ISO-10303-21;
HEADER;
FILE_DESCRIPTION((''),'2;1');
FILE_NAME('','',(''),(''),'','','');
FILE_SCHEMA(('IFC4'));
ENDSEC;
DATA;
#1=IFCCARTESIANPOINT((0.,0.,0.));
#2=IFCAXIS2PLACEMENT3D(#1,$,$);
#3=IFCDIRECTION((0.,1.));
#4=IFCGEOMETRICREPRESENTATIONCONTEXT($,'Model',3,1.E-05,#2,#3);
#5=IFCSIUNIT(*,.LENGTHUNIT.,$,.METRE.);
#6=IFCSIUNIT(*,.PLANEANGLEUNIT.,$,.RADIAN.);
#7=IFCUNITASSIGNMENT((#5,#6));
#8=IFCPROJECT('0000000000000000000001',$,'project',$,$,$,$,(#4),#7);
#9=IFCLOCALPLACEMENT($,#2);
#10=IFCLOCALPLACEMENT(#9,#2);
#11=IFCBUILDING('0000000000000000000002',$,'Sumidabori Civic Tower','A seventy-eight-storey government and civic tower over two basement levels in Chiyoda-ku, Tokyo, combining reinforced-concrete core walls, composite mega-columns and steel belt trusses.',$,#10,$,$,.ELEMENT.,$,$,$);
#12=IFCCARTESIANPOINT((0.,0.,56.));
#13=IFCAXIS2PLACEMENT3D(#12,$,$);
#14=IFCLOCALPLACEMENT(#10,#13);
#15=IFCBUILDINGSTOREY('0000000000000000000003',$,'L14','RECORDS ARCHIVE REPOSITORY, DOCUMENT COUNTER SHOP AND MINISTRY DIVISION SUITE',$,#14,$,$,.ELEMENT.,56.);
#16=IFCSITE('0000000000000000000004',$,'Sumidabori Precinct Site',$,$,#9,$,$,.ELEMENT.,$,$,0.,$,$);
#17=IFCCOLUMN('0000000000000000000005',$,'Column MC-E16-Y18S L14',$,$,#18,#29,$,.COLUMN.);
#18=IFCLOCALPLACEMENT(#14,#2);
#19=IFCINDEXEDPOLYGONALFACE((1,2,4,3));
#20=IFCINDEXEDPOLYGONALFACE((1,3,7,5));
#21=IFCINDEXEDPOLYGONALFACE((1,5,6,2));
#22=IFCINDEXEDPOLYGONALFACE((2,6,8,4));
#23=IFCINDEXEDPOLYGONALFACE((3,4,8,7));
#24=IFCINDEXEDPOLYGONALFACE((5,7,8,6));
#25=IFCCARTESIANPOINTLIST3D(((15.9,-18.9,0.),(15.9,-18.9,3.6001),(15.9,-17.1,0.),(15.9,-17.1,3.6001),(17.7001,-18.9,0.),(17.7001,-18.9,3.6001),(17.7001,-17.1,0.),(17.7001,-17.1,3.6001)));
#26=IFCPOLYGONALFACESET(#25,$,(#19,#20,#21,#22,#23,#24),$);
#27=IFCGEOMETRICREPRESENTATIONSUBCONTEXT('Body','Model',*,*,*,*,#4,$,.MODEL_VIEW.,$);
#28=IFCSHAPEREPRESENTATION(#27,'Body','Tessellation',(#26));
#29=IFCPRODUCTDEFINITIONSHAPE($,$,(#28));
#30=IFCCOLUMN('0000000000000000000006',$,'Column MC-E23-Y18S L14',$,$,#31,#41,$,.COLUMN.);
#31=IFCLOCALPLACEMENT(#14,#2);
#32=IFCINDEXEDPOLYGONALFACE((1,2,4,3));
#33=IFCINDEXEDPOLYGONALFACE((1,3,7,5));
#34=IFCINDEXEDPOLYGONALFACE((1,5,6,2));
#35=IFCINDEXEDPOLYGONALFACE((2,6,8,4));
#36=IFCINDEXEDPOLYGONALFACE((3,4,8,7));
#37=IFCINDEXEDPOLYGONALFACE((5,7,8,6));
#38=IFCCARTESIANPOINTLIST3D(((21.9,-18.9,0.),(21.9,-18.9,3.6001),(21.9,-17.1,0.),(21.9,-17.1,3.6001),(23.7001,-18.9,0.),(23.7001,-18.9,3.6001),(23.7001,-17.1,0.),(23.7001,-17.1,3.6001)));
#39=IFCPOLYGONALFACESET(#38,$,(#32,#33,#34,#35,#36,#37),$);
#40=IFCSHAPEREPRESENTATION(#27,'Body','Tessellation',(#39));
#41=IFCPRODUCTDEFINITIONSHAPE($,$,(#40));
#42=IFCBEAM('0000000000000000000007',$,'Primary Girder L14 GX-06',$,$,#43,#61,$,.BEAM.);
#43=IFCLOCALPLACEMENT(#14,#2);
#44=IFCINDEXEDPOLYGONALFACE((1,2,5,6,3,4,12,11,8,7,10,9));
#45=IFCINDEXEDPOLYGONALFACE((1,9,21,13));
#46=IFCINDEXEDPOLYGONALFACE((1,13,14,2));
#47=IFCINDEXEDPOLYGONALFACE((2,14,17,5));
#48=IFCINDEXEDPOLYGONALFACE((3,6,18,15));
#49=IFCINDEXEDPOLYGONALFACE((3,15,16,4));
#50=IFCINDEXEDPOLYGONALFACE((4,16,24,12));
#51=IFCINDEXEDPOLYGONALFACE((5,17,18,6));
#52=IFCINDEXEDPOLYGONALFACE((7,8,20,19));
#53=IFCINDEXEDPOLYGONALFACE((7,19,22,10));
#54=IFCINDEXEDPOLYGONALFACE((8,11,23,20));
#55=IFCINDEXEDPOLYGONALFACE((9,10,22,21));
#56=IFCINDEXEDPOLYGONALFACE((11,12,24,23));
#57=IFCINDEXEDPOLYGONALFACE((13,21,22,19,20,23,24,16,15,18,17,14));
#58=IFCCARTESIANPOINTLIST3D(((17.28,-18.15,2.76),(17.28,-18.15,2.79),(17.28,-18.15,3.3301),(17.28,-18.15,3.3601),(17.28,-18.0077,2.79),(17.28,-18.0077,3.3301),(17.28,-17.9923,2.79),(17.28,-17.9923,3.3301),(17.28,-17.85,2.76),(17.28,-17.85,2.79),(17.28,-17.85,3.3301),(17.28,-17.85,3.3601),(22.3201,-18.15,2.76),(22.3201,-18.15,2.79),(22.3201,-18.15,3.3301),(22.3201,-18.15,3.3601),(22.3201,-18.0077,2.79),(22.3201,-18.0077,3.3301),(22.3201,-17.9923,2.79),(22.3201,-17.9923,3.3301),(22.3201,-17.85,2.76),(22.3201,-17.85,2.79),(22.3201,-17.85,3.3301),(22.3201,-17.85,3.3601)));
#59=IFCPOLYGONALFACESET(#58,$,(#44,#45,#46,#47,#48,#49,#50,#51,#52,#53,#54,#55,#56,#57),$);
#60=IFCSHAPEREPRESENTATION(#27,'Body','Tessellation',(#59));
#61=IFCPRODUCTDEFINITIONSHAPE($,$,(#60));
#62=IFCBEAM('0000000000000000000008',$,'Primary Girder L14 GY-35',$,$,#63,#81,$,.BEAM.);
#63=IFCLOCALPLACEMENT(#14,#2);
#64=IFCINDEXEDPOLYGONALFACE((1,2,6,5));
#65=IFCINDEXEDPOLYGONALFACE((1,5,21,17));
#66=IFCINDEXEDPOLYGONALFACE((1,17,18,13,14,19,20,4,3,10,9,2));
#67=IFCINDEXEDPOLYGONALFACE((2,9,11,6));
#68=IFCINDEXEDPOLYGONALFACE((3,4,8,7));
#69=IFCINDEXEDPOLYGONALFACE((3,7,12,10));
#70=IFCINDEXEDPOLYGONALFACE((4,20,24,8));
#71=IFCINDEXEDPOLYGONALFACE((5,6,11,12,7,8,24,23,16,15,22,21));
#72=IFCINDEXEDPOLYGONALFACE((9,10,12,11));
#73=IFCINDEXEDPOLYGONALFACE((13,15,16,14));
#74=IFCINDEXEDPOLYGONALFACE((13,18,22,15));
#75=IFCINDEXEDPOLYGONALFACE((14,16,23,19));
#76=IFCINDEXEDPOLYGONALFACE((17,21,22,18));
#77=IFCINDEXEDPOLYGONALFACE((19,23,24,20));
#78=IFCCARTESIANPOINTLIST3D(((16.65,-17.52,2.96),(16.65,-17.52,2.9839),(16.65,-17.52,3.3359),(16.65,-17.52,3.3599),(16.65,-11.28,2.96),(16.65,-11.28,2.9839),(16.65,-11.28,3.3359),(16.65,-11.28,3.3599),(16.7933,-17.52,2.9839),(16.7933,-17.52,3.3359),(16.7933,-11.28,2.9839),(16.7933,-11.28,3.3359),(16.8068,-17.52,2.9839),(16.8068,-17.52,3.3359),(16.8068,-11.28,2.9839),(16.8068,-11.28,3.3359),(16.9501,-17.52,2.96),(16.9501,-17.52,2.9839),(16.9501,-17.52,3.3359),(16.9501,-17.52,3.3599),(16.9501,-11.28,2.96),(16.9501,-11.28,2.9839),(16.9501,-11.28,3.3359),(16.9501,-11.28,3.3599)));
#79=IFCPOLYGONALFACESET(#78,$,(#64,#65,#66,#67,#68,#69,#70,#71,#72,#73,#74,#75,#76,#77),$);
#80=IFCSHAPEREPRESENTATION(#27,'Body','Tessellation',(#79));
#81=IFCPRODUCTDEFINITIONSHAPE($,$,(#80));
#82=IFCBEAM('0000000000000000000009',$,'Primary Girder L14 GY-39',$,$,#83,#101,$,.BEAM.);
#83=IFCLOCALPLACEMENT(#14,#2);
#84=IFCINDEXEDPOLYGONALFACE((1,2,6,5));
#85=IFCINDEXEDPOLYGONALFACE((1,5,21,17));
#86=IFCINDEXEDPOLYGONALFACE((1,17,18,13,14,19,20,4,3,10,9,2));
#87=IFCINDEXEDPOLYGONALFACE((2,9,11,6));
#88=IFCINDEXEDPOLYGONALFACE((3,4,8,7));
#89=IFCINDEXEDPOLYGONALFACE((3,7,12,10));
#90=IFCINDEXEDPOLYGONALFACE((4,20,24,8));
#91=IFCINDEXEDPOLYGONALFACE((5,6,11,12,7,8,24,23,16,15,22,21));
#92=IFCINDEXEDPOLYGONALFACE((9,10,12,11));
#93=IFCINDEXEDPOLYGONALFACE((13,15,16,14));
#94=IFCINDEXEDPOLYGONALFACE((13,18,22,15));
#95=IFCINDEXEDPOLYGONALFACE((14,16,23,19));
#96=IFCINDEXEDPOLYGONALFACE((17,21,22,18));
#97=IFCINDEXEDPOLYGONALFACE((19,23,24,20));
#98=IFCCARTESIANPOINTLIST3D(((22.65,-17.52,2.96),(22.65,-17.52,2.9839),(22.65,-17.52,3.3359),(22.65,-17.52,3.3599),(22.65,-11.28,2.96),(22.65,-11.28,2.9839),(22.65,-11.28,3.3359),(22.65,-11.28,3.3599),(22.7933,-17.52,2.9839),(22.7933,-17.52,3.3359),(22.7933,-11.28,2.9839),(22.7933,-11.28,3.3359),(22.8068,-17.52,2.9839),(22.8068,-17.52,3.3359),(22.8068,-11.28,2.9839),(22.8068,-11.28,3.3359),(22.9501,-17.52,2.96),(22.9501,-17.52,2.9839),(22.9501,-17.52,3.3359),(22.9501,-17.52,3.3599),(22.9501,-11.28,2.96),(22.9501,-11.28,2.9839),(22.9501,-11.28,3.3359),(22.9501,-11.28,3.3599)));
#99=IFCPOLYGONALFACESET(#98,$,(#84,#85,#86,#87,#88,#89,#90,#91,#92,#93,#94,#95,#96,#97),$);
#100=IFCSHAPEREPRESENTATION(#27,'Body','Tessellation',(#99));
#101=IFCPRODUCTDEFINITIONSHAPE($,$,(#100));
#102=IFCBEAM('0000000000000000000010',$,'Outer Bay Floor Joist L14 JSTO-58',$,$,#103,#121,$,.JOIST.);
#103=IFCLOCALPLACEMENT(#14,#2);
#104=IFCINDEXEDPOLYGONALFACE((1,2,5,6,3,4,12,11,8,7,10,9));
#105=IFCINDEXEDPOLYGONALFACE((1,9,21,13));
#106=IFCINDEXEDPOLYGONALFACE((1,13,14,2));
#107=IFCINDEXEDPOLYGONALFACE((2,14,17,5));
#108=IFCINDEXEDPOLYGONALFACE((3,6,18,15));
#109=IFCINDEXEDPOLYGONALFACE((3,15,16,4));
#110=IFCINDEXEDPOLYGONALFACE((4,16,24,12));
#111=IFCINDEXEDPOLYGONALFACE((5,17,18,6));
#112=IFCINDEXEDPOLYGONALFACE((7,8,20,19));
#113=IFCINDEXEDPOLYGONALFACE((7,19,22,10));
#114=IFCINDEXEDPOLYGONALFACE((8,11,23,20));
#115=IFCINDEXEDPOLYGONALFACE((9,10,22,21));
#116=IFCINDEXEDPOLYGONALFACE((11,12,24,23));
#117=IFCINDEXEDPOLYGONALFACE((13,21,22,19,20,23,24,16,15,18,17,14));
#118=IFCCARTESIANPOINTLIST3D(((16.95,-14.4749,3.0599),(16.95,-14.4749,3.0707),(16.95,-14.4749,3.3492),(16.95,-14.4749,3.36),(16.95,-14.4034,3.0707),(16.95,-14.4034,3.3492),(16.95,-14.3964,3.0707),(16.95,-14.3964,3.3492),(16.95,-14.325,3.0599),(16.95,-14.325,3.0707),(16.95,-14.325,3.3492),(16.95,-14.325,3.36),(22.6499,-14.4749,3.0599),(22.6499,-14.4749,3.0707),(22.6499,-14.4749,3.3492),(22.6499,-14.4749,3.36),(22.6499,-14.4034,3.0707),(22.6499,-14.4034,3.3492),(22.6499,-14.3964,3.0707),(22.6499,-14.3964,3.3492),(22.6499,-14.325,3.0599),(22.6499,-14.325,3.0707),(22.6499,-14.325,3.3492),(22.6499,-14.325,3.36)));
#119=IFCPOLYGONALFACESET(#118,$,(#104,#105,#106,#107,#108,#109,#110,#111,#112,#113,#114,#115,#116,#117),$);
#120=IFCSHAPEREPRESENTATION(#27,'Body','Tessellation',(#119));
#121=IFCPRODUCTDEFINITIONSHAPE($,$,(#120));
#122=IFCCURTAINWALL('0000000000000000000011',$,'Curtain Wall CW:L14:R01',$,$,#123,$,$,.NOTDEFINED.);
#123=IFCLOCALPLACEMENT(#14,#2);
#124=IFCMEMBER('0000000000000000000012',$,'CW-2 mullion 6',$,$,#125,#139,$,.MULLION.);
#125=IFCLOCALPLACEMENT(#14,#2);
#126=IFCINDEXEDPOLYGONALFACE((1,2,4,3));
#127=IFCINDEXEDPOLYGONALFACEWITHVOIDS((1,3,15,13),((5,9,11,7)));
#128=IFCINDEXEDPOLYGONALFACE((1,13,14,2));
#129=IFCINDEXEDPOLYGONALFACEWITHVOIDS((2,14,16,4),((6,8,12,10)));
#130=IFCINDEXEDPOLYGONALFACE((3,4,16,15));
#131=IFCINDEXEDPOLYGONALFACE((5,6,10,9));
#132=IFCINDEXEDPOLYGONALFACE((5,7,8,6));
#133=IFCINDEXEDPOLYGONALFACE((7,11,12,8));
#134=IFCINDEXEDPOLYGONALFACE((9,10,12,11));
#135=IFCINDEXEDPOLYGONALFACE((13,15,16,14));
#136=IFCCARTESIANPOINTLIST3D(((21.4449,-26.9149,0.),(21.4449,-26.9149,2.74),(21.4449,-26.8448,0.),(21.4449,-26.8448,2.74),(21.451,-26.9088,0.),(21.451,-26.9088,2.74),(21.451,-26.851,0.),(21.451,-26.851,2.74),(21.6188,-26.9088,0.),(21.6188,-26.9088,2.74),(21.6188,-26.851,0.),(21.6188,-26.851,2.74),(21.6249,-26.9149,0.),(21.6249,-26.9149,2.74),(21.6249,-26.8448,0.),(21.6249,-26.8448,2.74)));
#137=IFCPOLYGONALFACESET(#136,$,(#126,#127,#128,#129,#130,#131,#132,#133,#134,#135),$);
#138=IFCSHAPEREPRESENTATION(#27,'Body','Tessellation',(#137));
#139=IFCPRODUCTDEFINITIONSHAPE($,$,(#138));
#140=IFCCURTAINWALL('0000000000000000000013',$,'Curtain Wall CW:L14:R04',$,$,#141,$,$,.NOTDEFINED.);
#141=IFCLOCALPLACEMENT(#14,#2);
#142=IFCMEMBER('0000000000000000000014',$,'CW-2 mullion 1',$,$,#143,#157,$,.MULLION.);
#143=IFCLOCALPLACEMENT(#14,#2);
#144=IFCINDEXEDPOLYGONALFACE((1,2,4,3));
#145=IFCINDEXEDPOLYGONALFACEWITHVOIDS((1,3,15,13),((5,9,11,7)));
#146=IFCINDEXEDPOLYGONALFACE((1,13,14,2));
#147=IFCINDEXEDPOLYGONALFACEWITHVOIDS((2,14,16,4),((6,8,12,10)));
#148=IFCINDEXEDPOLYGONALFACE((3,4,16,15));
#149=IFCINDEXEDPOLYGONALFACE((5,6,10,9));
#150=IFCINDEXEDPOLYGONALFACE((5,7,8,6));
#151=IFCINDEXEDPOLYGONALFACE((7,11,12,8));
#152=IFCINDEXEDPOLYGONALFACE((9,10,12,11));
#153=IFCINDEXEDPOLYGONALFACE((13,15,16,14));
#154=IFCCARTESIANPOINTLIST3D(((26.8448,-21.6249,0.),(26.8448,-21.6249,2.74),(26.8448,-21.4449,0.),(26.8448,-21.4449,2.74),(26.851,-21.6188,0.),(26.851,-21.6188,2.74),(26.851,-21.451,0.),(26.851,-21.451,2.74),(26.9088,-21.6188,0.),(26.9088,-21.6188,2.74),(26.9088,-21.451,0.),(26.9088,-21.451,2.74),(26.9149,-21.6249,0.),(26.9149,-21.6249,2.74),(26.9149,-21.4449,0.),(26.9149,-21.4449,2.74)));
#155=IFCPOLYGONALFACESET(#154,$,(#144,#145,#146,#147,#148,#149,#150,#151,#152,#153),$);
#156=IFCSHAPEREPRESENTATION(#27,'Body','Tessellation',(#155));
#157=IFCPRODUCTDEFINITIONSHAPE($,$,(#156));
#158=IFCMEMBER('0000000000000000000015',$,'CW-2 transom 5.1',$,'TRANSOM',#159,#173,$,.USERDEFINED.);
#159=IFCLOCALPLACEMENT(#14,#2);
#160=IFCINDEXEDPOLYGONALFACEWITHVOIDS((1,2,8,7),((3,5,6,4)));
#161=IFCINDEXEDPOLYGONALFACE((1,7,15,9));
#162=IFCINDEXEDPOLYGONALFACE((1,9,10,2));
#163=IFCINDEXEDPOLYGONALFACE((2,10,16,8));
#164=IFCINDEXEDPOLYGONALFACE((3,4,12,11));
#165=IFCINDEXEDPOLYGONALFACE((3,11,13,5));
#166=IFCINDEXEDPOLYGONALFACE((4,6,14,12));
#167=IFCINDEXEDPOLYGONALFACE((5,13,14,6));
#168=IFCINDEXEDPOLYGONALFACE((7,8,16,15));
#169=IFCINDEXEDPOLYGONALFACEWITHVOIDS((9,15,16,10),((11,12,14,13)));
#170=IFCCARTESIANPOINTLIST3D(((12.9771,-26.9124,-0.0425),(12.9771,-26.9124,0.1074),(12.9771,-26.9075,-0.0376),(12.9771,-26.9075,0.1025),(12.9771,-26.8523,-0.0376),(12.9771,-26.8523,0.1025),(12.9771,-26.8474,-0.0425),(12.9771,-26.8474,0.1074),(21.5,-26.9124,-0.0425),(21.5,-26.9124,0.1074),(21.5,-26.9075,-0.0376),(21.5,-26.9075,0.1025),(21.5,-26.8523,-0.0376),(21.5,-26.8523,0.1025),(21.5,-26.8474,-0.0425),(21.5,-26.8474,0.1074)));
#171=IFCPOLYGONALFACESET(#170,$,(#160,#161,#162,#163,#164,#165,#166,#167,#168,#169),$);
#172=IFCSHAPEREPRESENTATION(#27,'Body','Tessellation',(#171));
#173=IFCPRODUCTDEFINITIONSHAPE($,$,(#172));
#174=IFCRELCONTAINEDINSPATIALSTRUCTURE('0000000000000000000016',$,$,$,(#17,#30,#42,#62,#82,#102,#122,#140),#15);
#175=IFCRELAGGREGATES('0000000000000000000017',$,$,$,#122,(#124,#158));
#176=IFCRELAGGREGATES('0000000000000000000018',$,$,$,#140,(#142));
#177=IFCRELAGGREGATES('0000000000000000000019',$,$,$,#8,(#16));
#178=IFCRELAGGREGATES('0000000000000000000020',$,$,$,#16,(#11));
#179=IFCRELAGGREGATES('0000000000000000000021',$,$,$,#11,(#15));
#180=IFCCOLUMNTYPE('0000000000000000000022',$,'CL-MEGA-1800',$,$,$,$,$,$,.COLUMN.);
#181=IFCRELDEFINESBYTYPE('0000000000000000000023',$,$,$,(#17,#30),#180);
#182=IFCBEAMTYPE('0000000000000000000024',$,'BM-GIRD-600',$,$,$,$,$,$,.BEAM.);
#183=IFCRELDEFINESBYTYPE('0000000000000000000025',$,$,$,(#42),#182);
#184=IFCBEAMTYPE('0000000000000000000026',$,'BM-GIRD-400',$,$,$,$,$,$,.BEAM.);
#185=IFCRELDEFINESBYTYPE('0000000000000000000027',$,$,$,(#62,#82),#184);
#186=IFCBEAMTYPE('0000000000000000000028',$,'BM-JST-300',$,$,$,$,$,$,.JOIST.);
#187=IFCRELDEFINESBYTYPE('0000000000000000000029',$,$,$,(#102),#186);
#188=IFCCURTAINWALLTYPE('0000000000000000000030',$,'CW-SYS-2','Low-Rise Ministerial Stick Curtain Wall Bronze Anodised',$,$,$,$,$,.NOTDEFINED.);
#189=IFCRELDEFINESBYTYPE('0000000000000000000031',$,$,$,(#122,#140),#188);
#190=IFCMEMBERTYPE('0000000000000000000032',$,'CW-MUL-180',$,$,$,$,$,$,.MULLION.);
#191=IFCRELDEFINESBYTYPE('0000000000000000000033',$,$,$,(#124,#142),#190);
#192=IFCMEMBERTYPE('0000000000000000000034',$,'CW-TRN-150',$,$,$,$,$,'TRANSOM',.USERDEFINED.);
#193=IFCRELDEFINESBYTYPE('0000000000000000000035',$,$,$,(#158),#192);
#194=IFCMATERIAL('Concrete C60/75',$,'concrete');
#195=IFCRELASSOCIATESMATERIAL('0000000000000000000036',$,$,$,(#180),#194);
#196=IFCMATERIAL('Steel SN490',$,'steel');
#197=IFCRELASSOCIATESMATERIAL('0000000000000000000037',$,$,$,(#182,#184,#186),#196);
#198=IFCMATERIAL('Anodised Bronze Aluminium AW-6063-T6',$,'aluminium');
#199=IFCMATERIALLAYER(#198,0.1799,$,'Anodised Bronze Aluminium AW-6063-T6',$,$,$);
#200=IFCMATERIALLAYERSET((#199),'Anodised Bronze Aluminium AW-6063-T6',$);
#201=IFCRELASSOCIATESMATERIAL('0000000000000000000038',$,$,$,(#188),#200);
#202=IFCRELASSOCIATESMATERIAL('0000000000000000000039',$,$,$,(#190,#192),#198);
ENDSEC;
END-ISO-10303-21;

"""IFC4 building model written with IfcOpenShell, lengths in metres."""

from ifc_helpers import new_model, si_unit, direction, frame, origin, origin_2d, place, context, subcontext, project, spatial, rectangle, hollow_rectangle, i_section, extrude, source, transform, mapped, material, layer, layer_set, material_profile, profile_set, type_object, element, aggregate, save


model = new_model("IFC4")

# Units and contexts
model_context = context("Model", 3, precision=1e-05, world=origin(), true_north=direction((0.0, 1.0)))
body_context = subcontext(model_context, "Body", "Model", "MODEL_VIEW")
ifc_project = project(units=[si_unit("LENGTHUNIT", "METRE"), si_unit("PLANEANGLEUNIT", "RADIAN")], contexts=[model_context])

# Site, building, storey
site_placement = place(None, origin())
site = spatial("IfcSite", under=ifc_project, at=site_placement, Name="Sumidabori Precinct Site", CompositionType="ELEMENT", RefElevation=0.0)
building_placement = place(site_placement, origin())
building = spatial("IfcBuilding", under=site, at=building_placement, Name="Sumidabori Civic Tower", Description="A seventy-eight-storey government and civic tower over two basement levels in Chiyoda-ku, Tokyo, combining reinforced-concrete core walls, composite mega-columns and steel belt trusses.", CompositionType="ELEMENT")
storey_placement = place(building_placement, frame((0.0, 0.0, 56.0)))
storey = spatial("IfcBuildingStorey", under=building, at=storey_placement, Name="L14", Description="RECORDS ARCHIVE REPOSITORY, DOCUMENT COUNTER SHOP AND MINISTRY DIVISION SUITE", CompositionType="ELEMENT", Elevation=56.0)

# Columns
ifc_material_1 = material(Name="Concrete C60/75", Category="concrete")
ifc_material_profile_1 = material_profile(ifc_material_1, rectangle(XDim=1.8, YDim=1.8, at=origin_2d()), Name="RC 1800x1800")
ifc_profile_set_1 = profile_set([ifc_material_profile_1], Name="Concrete C60/75")
column_type = type_object("IfcColumnType", Name="CL-MEGA-1800", PredefinedType="COLUMN", material=ifc_profile_set_1)
shared_shape_1 = source(origin(), body_context, "Body", "SweptSolid", [
    extrude(rectangle(XDim=1.8, YDim=1.8, at=origin_2d()), origin(), (0.0, 0.0, 1.0), 3.6001),
])
for number, where, z_axis, x_axis, name in (
    (1, (16.8, -18.0, 0.0), (0.0, 0.0, 1.0), (1.0, 0.0, 0.0), "Column MC-E16-Y18S L14"),
    (2, (22.8, -18.0, 0.0), (0.0, 0.0, 1.0), (1.0, 0.0, 0.0), "Column MC-E23-Y18S L14"),
):
    element("IfcColumn", number, at=place(storey_placement, frame(where, z_axis=z_axis, x_axis=x_axis)), inside=storey, type_object=column_type, Name=name, PredefinedType="COLUMN", context=body_context, shape_type="MappedRepresentation", body=[
        mapped(shared_shape_1, transform((0.0, 0.0, 0.0), x_axis=(1.0, 0.0, 0.0), y_axis=(0.0, 1.0, 0.0), z_axis=(0.0, 0.0, 1.0), scale=1.0)),
    ])

# Beams
ifc_material_2 = material(Name="Steel SN490", Category="steel")
ifc_material_profile_2 = material_profile(ifc_material_2, i_section(OverallWidth=0.3, OverallDepth=0.6001, WebThickness=0.0154, FlangeThickness=0.03, at=origin_2d()), Name="HE 600 B")
ifc_profile_set_2 = profile_set([ifc_material_profile_2], Name="Steel SN490")
beam_type_1 = type_object("IfcBeamType", Name="BM-GIRD-600", PredefinedType="BEAM", material=ifc_profile_set_2)
shared_shape_2 = source(origin(), body_context, "Body", "SweptSolid", [
    extrude(i_section(OverallWidth=0.3, OverallDepth=0.6001, WebThickness=0.0154, FlangeThickness=0.03, at=origin_2d()), origin(), (0.0, 0.0, 1.0), 5.04),
])
beam_1_placement = place(storey_placement, frame((17.28, -18.0, 3.0601), z_axis=(1.0, 0.0, 0.0), x_axis=(0.0, 1.0, 0.0)))
element("IfcBeam", 3, at=beam_1_placement, inside=storey, type_object=beam_type_1, Name="Primary Girder L14 GX-06", PredefinedType="BEAM", context=body_context, shape_type="MappedRepresentation", body=[
    mapped(shared_shape_2, transform((0.0, 0.0, 0.0), x_axis=(1.0, 0.0, 0.0), y_axis=(0.0, 1.0, 0.0), z_axis=(0.0, 0.0, 1.0), scale=1.0)),
])
ifc_material_profile_3 = material_profile(ifc_material_2, i_section(OverallWidth=0.3, OverallDepth=0.3999, WebThickness=0.0134, FlangeThickness=0.0239, at=origin_2d()), Name="HE 400 B")
ifc_profile_set_3 = profile_set([ifc_material_profile_3], Name="Steel SN490")
beam_type_2 = type_object("IfcBeamType", Name="BM-GIRD-400", PredefinedType="BEAM", material=ifc_profile_set_3)
shared_shape_3 = source(origin(), body_context, "Body", "SweptSolid", [
    extrude(i_section(OverallWidth=0.3, OverallDepth=0.3999, WebThickness=0.0134, FlangeThickness=0.0239, at=origin_2d()), origin(), (0.0, 0.0, 1.0), 6.24),
])
for number, where, z_axis, x_axis, name in (
    (4, (16.8, -17.52, 3.1599), (0.0, 1.0, 0.0), (-1.0, 0.0, 0.0), "Primary Girder L14 GY-35"),
    (5, (22.8, -17.52, 3.1599), (0.0, 1.0, 0.0), (-1.0, 0.0, 0.0), "Primary Girder L14 GY-39"),
):
    element("IfcBeam", number, at=place(storey_placement, frame(where, z_axis=z_axis, x_axis=x_axis)), inside=storey, type_object=beam_type_2, Name=name, PredefinedType="BEAM", context=body_context, shape_type="MappedRepresentation", body=[
        mapped(shared_shape_3, transform((0.0, 0.0, 0.0), x_axis=(1.0, 0.0, 0.0), y_axis=(0.0, 1.0, 0.0), z_axis=(0.0, 0.0, 1.0), scale=1.0)),
    ])
ifc_material_profile_4 = material_profile(ifc_material_2, i_section(OverallWidth=0.1499, OverallDepth=0.3, WebThickness=0.0071, FlangeThickness=0.0107, at=origin_2d()), Name="IPE 300")
ifc_profile_set_4 = profile_set([ifc_material_profile_4], Name="Steel SN490")
beam_type_3 = type_object("IfcBeamType", Name="BM-JST-300", PredefinedType="JOIST", material=ifc_profile_set_4)
shared_shape_4 = source(origin(), body_context, "Body", "SweptSolid", [
    extrude(i_section(OverallWidth=0.1499, OverallDepth=0.3, WebThickness=0.0071, FlangeThickness=0.0107, at=origin_2d()), origin(), (0.0, 0.0, 1.0), 5.7),
])
beam_2_placement = place(storey_placement, frame((16.95, -14.3999, 3.21), z_axis=(1.0, 0.0, 0.0), x_axis=(0.0, 1.0, 0.0)))
element("IfcBeam", 6, at=beam_2_placement, inside=storey, type_object=beam_type_3, Name="Outer Bay Floor Joist L14 JSTO-58", PredefinedType="JOIST", context=body_context, shape_type="MappedRepresentation", body=[
    mapped(shared_shape_4, transform((0.0, 0.0, 0.0), x_axis=(1.0, 0.0, 0.0), y_axis=(0.0, 1.0, 0.0), z_axis=(0.0, 0.0, 1.0), scale=1.0)),
])

# Curtain walls, members
ifc_material_3 = material(Name="Anodised Bronze Aluminium AW-6063-T6", Category="aluminium")
ifc_layer_1 = layer(ifc_material_3, 0.1799, Name="Anodised Bronze Aluminium AW-6063-T6")
ifc_layer_set_1 = layer_set([ifc_layer_1], Name="Anodised Bronze Aluminium AW-6063-T6")
curtain_wall_type = type_object("IfcCurtainWallType", Name="CW-SYS-2", Description="Low-Rise Ministerial Stick Curtain Wall Bronze Anodised", PredefinedType="NOTDEFINED", material=ifc_layer_set_1)
curtain_wall_1_placement = place(storey_placement, origin())
curtain_wall_1 = element("IfcCurtainWall", 7, at=curtain_wall_1_placement, inside=storey, type_object=curtain_wall_type, Name="Curtain Wall CW:L14:R01", PredefinedType="NOTDEFINED")
ifc_material_profile_5 = material_profile(ifc_material_3, hollow_rectangle(XDim=0.0701, YDim=0.1799, WallThickness=0.0061, at=origin_2d()), Name="ALU MULLION 180x70")
ifc_profile_set_5 = profile_set([ifc_material_profile_5], Name="Anodised Bronze Aluminium AW-6063-T6")
member_type_1 = type_object("IfcMemberType", Name="CW-MUL-180", PredefinedType="MULLION", material=ifc_profile_set_5)
shared_shape_5 = source(origin(), body_context, "Body", "SweptSolid", [
    extrude(hollow_rectangle(XDim=0.0701, YDim=0.1799, WallThickness=0.0061, at=origin_2d()), origin(), (0.0, 0.0, 1.0), 2.74),
])
member_1_placement = place(storey_placement, frame((21.5349, -26.8799, 0.0), z_axis=(0.0, 0.0, 1.0), x_axis=(0.0, 1.0, 0.0)))
member_1 = element("IfcMember", 8, at=member_1_placement, type_object=member_type_1, Name="CW-2 mullion 6", PredefinedType="MULLION", context=body_context, shape_type="MappedRepresentation", body=[
    mapped(shared_shape_5, transform((0.0, 0.0, 0.0), x_axis=(1.0, 0.0, 0.0), y_axis=(0.0, 1.0, 0.0), z_axis=(0.0, 0.0, 1.0), scale=1.0)),
])
curtain_wall_2_placement = place(storey_placement, origin())
curtain_wall_2 = element("IfcCurtainWall", 9, at=curtain_wall_2_placement, inside=storey, type_object=curtain_wall_type, Name="Curtain Wall CW:L14:R04", PredefinedType="NOTDEFINED")
member_2_placement = place(storey_placement, frame((26.8799, -21.5349, 0.0), z_axis=(0.0, 0.0, 1.0), x_axis=(-1.0, 0.0, 0.0)))
member_2 = element("IfcMember", 10, at=member_2_placement, type_object=member_type_1, Name="CW-2 mullion 1", PredefinedType="MULLION", context=body_context, shape_type="MappedRepresentation", body=[
    mapped(shared_shape_5, transform((0.0, 0.0, 0.0), x_axis=(1.0, 0.0, 0.0), y_axis=(0.0, 1.0, 0.0), z_axis=(0.0, 0.0, 1.0), scale=1.0)),
])

# Member
ifc_material_profile_6 = material_profile(ifc_material_3, hollow_rectangle(XDim=0.0649, YDim=0.1499, WallThickness=0.0049, at=origin_2d()), Name="ALU TRANSOM 150x65")
ifc_profile_set_6 = profile_set([ifc_material_profile_6], Name="Anodised Bronze Aluminium AW-6063-T6")
member_type_2 = type_object("IfcMemberType", Name="CW-TRN-150", ElementType="TRANSOM", PredefinedType="USERDEFINED", material=ifc_profile_set_6)
shared_shape_6 = source(origin(), body_context, "Body", "SweptSolid", [
    extrude(hollow_rectangle(XDim=0.0649, YDim=0.1499, WallThickness=0.0049, at=origin_2d()), origin(), (0.0, 0.0, 1.0), 8.5229),
])
member_3_placement = place(storey_placement, frame((12.9771, -26.8799, 0.0325), z_axis=(1.0, 0.0, 0.0), x_axis=(0.0, 1.0, 0.0)))
member_3 = element("IfcMember", 11, at=member_3_placement, type_object=member_type_2, Name="CW-2 transom 5.1", ObjectType="TRANSOM", PredefinedType="USERDEFINED", context=body_context, shape_type="MappedRepresentation", body=[
    mapped(shared_shape_6, transform((0.0, 0.0, 0.0), x_axis=(1.0, 0.0, 0.0), y_axis=(0.0, 1.0, 0.0), z_axis=(0.0, 0.0, 1.0), scale=1.0)),
])

aggregate(curtain_wall_1, [member_1, member_3])
aggregate(curtain_wall_2, [member_2])

save(model, "model.ifc")
